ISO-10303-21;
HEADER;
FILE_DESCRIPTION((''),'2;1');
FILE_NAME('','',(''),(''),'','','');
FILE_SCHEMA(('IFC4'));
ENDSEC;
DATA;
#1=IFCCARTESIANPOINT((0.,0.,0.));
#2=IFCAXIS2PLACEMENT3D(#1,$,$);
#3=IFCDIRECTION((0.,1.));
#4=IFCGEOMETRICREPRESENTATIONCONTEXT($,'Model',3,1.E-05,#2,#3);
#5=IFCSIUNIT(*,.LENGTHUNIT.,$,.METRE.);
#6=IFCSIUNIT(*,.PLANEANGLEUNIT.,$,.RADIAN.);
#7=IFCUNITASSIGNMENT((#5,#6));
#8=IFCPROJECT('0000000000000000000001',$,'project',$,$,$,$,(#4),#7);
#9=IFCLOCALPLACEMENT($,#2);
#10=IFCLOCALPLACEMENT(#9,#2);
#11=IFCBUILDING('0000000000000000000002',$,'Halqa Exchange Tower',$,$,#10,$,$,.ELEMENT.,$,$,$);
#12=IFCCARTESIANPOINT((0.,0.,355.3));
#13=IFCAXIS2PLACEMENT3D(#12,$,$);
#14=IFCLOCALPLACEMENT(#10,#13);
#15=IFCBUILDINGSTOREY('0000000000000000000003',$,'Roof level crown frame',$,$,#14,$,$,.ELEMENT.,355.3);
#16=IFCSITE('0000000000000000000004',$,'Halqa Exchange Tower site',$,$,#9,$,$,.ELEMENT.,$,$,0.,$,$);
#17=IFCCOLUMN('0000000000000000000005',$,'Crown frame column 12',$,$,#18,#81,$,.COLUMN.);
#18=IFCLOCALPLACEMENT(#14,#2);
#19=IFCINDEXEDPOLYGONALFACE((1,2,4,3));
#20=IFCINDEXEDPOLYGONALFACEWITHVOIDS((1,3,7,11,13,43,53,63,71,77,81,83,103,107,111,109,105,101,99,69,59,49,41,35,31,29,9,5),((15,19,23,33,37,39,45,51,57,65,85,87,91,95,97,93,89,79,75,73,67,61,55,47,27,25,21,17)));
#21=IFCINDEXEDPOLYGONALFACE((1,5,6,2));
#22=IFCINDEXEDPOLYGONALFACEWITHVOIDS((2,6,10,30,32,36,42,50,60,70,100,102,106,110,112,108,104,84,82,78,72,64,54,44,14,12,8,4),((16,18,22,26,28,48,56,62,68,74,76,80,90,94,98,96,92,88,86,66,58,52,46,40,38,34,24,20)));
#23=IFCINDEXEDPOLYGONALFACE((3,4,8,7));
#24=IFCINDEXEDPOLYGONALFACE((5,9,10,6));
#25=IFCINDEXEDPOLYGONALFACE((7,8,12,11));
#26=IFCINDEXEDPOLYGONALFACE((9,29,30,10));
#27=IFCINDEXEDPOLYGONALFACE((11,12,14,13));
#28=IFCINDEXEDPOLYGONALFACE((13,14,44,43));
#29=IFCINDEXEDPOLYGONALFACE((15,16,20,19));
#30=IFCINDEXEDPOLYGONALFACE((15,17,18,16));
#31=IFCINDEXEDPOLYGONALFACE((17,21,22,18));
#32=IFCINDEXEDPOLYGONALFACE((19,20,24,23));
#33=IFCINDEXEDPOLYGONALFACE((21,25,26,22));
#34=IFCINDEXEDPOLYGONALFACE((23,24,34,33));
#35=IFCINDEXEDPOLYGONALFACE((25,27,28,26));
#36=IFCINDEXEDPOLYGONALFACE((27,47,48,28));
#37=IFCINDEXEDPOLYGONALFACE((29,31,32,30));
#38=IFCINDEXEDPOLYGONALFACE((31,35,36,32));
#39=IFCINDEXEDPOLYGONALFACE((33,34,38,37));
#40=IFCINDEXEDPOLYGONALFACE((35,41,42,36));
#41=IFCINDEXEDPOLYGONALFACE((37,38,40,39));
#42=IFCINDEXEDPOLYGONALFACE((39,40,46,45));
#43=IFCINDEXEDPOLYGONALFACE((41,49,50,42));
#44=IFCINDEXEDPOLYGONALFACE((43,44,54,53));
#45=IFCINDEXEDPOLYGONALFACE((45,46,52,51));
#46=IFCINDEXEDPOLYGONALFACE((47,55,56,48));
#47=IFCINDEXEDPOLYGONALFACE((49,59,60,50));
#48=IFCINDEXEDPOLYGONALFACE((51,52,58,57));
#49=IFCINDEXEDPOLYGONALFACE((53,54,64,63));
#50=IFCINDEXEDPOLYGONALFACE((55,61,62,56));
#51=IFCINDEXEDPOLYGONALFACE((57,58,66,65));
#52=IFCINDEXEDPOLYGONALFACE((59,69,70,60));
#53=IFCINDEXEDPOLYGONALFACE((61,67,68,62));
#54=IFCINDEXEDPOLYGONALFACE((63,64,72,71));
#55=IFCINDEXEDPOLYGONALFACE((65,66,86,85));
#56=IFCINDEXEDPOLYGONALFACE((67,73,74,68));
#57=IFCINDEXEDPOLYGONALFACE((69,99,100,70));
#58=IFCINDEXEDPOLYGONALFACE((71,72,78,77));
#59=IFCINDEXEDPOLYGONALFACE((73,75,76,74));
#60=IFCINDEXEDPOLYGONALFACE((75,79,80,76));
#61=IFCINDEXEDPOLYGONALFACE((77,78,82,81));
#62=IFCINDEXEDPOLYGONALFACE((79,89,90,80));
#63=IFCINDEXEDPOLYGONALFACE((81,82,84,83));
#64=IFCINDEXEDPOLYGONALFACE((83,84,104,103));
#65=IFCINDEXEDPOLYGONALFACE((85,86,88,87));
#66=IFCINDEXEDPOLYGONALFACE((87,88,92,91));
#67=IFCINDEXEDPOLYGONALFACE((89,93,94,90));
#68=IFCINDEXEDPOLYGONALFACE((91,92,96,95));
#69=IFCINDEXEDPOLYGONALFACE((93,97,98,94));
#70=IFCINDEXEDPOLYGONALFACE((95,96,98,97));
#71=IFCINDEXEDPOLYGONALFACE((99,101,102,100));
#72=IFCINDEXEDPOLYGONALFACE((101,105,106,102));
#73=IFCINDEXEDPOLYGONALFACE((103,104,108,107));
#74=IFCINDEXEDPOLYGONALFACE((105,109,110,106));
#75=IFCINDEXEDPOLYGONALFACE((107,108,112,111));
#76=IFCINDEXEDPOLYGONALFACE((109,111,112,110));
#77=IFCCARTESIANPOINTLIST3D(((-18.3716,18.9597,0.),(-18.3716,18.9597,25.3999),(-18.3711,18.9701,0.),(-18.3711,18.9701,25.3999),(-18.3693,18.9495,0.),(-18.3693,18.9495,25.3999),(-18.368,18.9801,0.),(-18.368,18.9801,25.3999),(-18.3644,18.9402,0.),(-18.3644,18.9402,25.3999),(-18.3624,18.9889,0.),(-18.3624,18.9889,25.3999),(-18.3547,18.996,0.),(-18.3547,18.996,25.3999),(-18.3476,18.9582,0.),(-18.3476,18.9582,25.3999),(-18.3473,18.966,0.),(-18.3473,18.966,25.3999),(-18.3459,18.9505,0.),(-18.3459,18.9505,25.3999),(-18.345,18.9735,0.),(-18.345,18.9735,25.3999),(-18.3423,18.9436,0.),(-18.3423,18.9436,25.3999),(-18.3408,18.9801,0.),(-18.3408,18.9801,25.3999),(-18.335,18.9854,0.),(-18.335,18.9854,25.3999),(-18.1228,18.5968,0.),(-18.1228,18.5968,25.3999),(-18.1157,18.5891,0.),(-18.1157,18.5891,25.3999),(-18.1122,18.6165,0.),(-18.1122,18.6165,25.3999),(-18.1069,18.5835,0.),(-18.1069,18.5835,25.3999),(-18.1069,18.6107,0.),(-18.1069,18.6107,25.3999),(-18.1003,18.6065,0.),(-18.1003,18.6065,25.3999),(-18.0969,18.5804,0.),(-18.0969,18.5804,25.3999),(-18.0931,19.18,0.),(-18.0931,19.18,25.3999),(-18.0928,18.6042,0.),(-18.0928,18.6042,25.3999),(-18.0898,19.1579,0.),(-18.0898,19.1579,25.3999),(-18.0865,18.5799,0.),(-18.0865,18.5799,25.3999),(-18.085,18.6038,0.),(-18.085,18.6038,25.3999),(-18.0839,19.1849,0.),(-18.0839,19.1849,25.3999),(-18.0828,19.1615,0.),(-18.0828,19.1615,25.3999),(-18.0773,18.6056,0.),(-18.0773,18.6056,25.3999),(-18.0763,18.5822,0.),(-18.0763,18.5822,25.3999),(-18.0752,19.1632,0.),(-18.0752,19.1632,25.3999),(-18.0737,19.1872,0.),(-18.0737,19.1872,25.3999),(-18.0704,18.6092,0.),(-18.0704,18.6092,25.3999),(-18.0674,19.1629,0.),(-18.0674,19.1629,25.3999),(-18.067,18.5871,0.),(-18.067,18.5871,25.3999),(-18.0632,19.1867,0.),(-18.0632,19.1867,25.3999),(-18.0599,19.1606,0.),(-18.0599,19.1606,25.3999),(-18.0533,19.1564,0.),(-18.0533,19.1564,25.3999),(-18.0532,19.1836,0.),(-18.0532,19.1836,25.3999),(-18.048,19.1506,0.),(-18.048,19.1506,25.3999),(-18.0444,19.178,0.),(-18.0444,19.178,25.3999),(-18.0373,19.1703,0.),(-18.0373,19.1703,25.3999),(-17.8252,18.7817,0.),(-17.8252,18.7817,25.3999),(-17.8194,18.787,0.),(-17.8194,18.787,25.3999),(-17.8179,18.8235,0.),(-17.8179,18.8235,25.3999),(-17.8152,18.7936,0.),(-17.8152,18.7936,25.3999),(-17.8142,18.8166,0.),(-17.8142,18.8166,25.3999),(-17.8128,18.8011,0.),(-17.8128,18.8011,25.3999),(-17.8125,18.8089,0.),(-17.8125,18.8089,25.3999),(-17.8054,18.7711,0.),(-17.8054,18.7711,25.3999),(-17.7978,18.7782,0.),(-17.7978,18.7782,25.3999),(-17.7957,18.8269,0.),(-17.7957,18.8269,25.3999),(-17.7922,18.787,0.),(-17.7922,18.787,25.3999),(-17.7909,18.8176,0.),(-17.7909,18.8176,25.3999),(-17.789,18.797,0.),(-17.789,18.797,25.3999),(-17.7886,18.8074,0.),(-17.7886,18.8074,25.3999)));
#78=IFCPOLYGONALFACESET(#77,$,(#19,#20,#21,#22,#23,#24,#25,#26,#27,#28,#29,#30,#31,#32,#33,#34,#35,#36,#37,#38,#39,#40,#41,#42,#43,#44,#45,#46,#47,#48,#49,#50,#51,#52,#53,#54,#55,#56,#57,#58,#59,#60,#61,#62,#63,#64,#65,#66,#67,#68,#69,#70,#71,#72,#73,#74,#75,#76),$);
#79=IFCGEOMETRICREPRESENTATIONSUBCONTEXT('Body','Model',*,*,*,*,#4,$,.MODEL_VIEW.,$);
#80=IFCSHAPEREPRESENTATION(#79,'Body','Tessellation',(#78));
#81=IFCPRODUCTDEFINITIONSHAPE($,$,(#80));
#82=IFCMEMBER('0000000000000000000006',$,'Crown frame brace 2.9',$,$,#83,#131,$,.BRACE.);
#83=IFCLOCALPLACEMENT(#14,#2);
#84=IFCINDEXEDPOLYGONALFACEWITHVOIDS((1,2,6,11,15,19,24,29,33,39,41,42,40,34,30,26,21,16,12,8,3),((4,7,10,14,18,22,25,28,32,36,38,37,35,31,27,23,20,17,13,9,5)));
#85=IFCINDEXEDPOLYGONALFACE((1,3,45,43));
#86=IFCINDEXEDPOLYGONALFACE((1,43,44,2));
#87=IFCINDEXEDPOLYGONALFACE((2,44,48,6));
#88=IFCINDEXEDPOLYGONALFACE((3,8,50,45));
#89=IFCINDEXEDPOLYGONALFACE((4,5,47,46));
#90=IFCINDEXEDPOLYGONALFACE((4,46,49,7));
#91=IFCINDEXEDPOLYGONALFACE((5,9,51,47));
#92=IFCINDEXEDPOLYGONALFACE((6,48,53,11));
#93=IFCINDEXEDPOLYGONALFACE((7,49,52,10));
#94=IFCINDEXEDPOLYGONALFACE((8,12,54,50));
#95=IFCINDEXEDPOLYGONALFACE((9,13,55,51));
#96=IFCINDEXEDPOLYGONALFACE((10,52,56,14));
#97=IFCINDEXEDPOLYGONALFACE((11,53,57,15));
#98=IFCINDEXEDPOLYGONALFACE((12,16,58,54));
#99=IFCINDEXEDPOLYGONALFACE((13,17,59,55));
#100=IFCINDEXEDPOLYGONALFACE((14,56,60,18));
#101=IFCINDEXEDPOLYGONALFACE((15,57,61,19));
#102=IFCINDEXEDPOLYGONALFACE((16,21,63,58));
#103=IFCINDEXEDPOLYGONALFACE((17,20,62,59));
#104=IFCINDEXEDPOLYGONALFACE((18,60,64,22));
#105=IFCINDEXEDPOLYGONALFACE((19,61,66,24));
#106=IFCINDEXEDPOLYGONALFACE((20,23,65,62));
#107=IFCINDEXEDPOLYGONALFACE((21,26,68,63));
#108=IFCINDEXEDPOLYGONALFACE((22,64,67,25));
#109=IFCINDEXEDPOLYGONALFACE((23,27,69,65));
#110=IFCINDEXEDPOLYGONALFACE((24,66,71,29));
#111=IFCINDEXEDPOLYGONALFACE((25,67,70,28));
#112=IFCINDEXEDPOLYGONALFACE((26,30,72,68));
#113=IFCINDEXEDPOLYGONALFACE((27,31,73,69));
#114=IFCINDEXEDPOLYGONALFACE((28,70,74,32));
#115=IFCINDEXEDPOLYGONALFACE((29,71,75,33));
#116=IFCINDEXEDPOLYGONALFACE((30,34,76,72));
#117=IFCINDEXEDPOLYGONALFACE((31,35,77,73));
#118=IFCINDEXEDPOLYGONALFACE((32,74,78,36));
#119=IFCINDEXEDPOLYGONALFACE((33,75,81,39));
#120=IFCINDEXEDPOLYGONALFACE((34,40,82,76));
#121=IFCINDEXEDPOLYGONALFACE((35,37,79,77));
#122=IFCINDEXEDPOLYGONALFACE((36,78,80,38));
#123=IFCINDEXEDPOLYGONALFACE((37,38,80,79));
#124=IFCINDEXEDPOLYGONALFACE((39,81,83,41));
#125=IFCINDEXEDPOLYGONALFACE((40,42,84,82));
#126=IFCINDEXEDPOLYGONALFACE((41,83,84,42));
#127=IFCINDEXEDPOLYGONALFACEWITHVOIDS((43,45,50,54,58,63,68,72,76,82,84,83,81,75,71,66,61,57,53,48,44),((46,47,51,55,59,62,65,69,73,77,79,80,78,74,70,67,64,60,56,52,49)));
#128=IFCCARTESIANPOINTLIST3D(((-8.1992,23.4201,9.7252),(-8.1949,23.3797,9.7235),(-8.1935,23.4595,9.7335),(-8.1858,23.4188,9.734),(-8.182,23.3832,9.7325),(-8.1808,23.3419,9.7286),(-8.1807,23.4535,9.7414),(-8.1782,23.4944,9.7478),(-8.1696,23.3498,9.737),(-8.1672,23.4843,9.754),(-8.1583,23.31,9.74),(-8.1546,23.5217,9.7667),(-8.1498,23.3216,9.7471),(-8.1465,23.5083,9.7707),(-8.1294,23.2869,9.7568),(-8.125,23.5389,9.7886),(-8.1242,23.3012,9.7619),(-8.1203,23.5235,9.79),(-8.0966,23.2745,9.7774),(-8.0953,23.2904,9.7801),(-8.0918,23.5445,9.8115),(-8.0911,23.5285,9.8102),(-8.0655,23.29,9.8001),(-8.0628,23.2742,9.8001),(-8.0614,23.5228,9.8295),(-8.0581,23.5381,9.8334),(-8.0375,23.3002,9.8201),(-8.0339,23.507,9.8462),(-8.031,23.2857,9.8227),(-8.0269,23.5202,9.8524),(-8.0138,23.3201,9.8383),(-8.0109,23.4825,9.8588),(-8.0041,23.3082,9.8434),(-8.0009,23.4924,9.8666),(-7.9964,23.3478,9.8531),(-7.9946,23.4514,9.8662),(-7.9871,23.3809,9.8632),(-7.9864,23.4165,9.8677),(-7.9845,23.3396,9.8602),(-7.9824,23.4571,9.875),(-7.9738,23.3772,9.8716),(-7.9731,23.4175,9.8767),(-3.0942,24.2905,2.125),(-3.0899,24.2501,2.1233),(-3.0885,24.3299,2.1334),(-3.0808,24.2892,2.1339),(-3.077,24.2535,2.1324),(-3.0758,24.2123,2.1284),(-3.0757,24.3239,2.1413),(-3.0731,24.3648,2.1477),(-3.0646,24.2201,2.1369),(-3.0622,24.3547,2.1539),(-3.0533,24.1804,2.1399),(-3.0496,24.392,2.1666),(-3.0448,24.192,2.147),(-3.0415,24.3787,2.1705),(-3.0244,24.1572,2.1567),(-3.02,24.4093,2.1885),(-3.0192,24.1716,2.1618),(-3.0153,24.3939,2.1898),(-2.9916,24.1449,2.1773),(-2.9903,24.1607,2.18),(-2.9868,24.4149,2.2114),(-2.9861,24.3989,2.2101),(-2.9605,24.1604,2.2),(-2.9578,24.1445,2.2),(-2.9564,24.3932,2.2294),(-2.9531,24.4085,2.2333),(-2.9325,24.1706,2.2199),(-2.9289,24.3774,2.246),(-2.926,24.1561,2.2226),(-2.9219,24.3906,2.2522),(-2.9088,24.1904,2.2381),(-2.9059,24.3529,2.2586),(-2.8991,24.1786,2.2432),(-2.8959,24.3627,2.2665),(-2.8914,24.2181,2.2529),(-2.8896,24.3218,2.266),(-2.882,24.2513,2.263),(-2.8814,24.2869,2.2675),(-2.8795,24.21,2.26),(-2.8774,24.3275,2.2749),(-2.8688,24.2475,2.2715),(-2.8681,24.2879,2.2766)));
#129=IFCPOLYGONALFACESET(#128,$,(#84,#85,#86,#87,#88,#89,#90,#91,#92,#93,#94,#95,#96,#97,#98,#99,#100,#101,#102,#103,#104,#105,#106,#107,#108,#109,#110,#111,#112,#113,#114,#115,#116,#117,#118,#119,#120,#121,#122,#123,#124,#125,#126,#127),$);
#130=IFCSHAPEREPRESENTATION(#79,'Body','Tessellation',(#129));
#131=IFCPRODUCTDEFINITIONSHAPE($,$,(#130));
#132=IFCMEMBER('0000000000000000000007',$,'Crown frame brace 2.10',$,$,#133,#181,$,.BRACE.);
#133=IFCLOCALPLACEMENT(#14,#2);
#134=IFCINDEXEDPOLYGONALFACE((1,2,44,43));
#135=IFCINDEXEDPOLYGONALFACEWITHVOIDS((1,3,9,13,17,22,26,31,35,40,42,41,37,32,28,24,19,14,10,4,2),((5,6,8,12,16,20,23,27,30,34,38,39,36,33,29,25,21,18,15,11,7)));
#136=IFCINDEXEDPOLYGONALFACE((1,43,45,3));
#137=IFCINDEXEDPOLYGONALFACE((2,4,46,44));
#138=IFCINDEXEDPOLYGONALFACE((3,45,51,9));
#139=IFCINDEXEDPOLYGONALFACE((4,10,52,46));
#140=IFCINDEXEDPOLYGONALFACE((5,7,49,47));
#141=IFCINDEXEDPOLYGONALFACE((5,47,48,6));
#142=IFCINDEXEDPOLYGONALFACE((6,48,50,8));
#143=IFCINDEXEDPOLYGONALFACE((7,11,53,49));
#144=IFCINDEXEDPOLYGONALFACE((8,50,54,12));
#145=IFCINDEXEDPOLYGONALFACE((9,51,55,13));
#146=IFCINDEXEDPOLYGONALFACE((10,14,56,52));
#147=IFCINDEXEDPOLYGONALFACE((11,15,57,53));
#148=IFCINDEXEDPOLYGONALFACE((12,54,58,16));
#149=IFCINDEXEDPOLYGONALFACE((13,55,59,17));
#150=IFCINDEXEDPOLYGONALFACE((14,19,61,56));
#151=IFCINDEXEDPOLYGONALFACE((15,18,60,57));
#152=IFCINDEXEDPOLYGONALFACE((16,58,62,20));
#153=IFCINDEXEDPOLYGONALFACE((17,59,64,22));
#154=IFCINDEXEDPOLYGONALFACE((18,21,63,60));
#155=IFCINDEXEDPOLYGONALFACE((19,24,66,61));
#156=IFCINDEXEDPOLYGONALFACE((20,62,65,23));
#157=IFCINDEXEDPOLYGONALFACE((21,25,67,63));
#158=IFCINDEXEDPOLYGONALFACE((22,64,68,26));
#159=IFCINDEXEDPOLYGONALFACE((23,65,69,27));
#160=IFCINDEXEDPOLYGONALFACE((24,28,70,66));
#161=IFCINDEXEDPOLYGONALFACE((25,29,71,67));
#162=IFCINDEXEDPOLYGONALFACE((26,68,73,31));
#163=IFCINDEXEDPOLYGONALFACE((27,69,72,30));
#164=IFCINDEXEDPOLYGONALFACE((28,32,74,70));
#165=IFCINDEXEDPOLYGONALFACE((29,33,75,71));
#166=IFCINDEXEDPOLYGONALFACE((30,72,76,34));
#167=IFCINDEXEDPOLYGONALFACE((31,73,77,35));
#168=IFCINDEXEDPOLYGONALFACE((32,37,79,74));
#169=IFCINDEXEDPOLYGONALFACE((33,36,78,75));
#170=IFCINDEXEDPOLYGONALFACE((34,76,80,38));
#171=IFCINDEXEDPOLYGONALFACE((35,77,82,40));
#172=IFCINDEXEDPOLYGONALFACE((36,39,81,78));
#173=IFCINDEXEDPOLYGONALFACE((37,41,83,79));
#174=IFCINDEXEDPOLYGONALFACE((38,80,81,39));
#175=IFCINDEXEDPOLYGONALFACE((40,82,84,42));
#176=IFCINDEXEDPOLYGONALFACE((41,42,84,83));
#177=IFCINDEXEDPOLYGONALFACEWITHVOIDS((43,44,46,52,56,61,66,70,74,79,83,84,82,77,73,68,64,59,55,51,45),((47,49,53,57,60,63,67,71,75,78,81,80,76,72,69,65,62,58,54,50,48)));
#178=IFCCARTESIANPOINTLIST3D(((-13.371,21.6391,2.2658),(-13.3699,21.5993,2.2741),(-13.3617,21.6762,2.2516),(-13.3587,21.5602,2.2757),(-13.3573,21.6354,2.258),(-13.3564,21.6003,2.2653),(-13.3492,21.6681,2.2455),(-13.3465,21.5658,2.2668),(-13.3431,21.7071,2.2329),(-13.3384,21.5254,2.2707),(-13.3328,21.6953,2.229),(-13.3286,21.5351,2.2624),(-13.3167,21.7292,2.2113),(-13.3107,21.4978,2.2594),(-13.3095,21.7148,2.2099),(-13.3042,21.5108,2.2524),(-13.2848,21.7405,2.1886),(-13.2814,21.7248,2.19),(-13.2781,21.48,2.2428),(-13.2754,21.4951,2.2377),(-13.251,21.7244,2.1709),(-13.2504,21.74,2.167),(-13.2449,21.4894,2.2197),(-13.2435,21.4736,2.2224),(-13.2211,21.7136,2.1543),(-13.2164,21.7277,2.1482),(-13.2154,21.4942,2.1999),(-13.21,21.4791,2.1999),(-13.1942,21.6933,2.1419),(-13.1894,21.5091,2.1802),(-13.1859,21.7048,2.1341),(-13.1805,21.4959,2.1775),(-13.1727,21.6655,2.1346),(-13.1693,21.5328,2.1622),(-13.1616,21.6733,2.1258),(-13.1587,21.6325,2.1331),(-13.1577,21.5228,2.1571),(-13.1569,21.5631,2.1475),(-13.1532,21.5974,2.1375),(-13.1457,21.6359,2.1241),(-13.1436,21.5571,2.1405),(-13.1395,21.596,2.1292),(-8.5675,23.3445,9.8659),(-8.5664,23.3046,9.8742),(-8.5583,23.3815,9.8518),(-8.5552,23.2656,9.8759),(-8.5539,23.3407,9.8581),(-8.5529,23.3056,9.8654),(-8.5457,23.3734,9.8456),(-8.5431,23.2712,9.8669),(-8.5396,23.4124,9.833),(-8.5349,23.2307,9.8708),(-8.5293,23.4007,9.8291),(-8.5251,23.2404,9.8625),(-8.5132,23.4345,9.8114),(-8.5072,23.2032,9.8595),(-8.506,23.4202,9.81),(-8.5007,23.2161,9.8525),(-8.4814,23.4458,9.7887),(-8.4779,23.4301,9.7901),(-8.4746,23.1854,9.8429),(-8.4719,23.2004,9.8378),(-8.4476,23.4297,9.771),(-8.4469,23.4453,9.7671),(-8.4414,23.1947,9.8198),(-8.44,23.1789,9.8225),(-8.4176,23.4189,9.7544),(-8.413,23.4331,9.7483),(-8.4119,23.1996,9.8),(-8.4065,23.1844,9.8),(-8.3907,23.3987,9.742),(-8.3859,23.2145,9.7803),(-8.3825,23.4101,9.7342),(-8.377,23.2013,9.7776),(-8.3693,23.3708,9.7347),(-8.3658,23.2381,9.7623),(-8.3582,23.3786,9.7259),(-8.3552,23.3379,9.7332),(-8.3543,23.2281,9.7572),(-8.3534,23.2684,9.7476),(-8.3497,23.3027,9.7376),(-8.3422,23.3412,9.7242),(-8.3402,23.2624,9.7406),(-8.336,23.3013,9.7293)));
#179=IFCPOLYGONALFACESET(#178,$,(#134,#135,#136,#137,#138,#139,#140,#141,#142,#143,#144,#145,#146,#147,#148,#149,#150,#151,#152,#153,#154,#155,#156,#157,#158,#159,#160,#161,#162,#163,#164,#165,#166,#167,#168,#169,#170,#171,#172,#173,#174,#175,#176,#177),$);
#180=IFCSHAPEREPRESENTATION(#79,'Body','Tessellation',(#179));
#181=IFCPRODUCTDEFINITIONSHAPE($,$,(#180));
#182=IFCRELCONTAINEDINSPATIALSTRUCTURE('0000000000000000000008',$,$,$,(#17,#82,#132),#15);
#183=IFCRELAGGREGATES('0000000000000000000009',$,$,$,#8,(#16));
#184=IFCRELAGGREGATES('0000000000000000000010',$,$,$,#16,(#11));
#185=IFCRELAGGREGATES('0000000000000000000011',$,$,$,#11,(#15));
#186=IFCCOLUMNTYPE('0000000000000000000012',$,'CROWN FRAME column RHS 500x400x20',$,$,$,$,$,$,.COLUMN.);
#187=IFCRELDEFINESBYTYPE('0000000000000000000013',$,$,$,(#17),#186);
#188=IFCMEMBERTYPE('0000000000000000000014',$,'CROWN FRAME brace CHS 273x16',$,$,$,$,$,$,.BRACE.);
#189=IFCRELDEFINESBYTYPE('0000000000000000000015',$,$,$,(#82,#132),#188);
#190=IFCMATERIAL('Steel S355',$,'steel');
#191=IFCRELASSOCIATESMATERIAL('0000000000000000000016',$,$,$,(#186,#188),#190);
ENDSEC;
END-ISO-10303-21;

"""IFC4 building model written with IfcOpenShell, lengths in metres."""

from ifc_helpers import new_model, si_unit, direction, frame, origin, origin_2d, place, context, subcontext, project, spatial, hollow_rectangle, hollow_circle, extrude, material, material_profile, profile_set, type_object, element, save


model = new_model("IFC4")

# Units and contexts
model_context = context("Model", 3, precision=1e-05, world=origin(), true_north=direction((0.0, 1.0)))
body_context = subcontext(model_context, "Body", "Model", "MODEL_VIEW")
ifc_project = project(units=[si_unit("LENGTHUNIT", "METRE"), si_unit("PLANEANGLEUNIT", "RADIAN")], contexts=[model_context])

# Site, building, storey
site_placement = place(None, origin())
site = spatial("IfcSite", under=ifc_project, at=site_placement, Name="Halqa Exchange Tower site", CompositionType="ELEMENT", RefElevation=0.0)
building_placement = place(site_placement, origin())
building = spatial("IfcBuilding", under=site, at=building_placement, Name="Halqa Exchange Tower", CompositionType="ELEMENT")
storey_placement = place(building_placement, frame((0.0, 0.0, 355.3)))
storey = spatial("IfcBuildingStorey", under=building, at=storey_placement, Name="Roof level crown frame", CompositionType="ELEMENT", Elevation=355.3)

# Column
ifc_material_1 = material(Name="Steel S355", Category="steel")
ifc_material_profile_1 = material_profile(ifc_material_1, hollow_rectangle(XDim=0.3999, YDim=0.5, WallThickness=0.02, InnerFilletRadius=0.03, OuterFilletRadius=0.04, at=origin_2d()), Name="RHS 500x400x20")
ifc_profile_set_1 = profile_set([ifc_material_profile_1], Name="Steel S355")
column_type = type_object("IfcColumnType", Name="CROWN FRAME column RHS 500x400x20", PredefinedType="COLUMN", material=ifc_profile_set_1)
for number, where, z_axis, x_axis, name in (
    (1, (-18.0801, 18.8835, 0.0), (0.0, 0.0, 1.0), (-0.817907, -0.575351, 0.0), "Crown frame column 12"),
):
    element("IfcColumn", number, at=place(storey_placement, frame(where, z_axis=z_axis, x_axis=x_axis)), inside=storey, type_object=column_type, Name=name, PredefinedType="COLUMN", context=body_context, shape_type="SweptSolid", body=[
        extrude(hollow_rectangle(XDim=0.3999, YDim=0.5, WallThickness=0.02, InnerFilletRadius=0.03, OuterFilletRadius=0.04, at=origin_2d()), origin(), (0.0, 0.0, 1.0), 25.3999),
    ])

# Members
ifc_material_profile_2 = material_profile(ifc_material_1, hollow_circle(Radius=0.1365, WallThickness=0.0161, at=origin_2d()), Name="CHS 273x16")
ifc_profile_set_2 = profile_set([ifc_material_profile_2], Name="Steel S355")
member_type = type_object("IfcMemberType", Name="CROWN FRAME brace CHS 273x16", PredefinedType="BRACE", material=ifc_profile_set_2)
member_1_placement = place(storey_placement, frame((-2.9807, 24.2791, 2.2), z_axis=(-0.555086, -0.094638, 0.826391), x_axis=(0.168067, -0.985776, 0.0)))
element("IfcMember", 2, at=member_1_placement, inside=storey, type_object=member_type, Name="Crown frame brace 2.9", PredefinedType="BRACE", context=body_context, shape_type="SweptSolid", body=[
    extrude(hollow_circle(Radius=0.1365, WallThickness=0.0161, at=origin_2d()), origin(), (0.0, 0.0, 1.0), 9.1968),
])
member_2_placement = place(storey_placement, frame((-8.4521, 23.313, 9.8), z_axis=(-0.524905, -0.186351, -0.830511), x_axis=(0.334561, -0.942374, 0.0)))
element("IfcMember", 3, at=member_2_placement, inside=storey, type_object=member_type, Name="Crown frame brace 2.10", PredefinedType="BRACE", context=body_context, shape_type="SweptSolid", body=[
    extrude(hollow_circle(Radius=0.1365, WallThickness=0.0161, at=origin_2d()), origin(), (0.0, 0.0, 1.0), 9.1511),
])

save(model, "model.ifc")
